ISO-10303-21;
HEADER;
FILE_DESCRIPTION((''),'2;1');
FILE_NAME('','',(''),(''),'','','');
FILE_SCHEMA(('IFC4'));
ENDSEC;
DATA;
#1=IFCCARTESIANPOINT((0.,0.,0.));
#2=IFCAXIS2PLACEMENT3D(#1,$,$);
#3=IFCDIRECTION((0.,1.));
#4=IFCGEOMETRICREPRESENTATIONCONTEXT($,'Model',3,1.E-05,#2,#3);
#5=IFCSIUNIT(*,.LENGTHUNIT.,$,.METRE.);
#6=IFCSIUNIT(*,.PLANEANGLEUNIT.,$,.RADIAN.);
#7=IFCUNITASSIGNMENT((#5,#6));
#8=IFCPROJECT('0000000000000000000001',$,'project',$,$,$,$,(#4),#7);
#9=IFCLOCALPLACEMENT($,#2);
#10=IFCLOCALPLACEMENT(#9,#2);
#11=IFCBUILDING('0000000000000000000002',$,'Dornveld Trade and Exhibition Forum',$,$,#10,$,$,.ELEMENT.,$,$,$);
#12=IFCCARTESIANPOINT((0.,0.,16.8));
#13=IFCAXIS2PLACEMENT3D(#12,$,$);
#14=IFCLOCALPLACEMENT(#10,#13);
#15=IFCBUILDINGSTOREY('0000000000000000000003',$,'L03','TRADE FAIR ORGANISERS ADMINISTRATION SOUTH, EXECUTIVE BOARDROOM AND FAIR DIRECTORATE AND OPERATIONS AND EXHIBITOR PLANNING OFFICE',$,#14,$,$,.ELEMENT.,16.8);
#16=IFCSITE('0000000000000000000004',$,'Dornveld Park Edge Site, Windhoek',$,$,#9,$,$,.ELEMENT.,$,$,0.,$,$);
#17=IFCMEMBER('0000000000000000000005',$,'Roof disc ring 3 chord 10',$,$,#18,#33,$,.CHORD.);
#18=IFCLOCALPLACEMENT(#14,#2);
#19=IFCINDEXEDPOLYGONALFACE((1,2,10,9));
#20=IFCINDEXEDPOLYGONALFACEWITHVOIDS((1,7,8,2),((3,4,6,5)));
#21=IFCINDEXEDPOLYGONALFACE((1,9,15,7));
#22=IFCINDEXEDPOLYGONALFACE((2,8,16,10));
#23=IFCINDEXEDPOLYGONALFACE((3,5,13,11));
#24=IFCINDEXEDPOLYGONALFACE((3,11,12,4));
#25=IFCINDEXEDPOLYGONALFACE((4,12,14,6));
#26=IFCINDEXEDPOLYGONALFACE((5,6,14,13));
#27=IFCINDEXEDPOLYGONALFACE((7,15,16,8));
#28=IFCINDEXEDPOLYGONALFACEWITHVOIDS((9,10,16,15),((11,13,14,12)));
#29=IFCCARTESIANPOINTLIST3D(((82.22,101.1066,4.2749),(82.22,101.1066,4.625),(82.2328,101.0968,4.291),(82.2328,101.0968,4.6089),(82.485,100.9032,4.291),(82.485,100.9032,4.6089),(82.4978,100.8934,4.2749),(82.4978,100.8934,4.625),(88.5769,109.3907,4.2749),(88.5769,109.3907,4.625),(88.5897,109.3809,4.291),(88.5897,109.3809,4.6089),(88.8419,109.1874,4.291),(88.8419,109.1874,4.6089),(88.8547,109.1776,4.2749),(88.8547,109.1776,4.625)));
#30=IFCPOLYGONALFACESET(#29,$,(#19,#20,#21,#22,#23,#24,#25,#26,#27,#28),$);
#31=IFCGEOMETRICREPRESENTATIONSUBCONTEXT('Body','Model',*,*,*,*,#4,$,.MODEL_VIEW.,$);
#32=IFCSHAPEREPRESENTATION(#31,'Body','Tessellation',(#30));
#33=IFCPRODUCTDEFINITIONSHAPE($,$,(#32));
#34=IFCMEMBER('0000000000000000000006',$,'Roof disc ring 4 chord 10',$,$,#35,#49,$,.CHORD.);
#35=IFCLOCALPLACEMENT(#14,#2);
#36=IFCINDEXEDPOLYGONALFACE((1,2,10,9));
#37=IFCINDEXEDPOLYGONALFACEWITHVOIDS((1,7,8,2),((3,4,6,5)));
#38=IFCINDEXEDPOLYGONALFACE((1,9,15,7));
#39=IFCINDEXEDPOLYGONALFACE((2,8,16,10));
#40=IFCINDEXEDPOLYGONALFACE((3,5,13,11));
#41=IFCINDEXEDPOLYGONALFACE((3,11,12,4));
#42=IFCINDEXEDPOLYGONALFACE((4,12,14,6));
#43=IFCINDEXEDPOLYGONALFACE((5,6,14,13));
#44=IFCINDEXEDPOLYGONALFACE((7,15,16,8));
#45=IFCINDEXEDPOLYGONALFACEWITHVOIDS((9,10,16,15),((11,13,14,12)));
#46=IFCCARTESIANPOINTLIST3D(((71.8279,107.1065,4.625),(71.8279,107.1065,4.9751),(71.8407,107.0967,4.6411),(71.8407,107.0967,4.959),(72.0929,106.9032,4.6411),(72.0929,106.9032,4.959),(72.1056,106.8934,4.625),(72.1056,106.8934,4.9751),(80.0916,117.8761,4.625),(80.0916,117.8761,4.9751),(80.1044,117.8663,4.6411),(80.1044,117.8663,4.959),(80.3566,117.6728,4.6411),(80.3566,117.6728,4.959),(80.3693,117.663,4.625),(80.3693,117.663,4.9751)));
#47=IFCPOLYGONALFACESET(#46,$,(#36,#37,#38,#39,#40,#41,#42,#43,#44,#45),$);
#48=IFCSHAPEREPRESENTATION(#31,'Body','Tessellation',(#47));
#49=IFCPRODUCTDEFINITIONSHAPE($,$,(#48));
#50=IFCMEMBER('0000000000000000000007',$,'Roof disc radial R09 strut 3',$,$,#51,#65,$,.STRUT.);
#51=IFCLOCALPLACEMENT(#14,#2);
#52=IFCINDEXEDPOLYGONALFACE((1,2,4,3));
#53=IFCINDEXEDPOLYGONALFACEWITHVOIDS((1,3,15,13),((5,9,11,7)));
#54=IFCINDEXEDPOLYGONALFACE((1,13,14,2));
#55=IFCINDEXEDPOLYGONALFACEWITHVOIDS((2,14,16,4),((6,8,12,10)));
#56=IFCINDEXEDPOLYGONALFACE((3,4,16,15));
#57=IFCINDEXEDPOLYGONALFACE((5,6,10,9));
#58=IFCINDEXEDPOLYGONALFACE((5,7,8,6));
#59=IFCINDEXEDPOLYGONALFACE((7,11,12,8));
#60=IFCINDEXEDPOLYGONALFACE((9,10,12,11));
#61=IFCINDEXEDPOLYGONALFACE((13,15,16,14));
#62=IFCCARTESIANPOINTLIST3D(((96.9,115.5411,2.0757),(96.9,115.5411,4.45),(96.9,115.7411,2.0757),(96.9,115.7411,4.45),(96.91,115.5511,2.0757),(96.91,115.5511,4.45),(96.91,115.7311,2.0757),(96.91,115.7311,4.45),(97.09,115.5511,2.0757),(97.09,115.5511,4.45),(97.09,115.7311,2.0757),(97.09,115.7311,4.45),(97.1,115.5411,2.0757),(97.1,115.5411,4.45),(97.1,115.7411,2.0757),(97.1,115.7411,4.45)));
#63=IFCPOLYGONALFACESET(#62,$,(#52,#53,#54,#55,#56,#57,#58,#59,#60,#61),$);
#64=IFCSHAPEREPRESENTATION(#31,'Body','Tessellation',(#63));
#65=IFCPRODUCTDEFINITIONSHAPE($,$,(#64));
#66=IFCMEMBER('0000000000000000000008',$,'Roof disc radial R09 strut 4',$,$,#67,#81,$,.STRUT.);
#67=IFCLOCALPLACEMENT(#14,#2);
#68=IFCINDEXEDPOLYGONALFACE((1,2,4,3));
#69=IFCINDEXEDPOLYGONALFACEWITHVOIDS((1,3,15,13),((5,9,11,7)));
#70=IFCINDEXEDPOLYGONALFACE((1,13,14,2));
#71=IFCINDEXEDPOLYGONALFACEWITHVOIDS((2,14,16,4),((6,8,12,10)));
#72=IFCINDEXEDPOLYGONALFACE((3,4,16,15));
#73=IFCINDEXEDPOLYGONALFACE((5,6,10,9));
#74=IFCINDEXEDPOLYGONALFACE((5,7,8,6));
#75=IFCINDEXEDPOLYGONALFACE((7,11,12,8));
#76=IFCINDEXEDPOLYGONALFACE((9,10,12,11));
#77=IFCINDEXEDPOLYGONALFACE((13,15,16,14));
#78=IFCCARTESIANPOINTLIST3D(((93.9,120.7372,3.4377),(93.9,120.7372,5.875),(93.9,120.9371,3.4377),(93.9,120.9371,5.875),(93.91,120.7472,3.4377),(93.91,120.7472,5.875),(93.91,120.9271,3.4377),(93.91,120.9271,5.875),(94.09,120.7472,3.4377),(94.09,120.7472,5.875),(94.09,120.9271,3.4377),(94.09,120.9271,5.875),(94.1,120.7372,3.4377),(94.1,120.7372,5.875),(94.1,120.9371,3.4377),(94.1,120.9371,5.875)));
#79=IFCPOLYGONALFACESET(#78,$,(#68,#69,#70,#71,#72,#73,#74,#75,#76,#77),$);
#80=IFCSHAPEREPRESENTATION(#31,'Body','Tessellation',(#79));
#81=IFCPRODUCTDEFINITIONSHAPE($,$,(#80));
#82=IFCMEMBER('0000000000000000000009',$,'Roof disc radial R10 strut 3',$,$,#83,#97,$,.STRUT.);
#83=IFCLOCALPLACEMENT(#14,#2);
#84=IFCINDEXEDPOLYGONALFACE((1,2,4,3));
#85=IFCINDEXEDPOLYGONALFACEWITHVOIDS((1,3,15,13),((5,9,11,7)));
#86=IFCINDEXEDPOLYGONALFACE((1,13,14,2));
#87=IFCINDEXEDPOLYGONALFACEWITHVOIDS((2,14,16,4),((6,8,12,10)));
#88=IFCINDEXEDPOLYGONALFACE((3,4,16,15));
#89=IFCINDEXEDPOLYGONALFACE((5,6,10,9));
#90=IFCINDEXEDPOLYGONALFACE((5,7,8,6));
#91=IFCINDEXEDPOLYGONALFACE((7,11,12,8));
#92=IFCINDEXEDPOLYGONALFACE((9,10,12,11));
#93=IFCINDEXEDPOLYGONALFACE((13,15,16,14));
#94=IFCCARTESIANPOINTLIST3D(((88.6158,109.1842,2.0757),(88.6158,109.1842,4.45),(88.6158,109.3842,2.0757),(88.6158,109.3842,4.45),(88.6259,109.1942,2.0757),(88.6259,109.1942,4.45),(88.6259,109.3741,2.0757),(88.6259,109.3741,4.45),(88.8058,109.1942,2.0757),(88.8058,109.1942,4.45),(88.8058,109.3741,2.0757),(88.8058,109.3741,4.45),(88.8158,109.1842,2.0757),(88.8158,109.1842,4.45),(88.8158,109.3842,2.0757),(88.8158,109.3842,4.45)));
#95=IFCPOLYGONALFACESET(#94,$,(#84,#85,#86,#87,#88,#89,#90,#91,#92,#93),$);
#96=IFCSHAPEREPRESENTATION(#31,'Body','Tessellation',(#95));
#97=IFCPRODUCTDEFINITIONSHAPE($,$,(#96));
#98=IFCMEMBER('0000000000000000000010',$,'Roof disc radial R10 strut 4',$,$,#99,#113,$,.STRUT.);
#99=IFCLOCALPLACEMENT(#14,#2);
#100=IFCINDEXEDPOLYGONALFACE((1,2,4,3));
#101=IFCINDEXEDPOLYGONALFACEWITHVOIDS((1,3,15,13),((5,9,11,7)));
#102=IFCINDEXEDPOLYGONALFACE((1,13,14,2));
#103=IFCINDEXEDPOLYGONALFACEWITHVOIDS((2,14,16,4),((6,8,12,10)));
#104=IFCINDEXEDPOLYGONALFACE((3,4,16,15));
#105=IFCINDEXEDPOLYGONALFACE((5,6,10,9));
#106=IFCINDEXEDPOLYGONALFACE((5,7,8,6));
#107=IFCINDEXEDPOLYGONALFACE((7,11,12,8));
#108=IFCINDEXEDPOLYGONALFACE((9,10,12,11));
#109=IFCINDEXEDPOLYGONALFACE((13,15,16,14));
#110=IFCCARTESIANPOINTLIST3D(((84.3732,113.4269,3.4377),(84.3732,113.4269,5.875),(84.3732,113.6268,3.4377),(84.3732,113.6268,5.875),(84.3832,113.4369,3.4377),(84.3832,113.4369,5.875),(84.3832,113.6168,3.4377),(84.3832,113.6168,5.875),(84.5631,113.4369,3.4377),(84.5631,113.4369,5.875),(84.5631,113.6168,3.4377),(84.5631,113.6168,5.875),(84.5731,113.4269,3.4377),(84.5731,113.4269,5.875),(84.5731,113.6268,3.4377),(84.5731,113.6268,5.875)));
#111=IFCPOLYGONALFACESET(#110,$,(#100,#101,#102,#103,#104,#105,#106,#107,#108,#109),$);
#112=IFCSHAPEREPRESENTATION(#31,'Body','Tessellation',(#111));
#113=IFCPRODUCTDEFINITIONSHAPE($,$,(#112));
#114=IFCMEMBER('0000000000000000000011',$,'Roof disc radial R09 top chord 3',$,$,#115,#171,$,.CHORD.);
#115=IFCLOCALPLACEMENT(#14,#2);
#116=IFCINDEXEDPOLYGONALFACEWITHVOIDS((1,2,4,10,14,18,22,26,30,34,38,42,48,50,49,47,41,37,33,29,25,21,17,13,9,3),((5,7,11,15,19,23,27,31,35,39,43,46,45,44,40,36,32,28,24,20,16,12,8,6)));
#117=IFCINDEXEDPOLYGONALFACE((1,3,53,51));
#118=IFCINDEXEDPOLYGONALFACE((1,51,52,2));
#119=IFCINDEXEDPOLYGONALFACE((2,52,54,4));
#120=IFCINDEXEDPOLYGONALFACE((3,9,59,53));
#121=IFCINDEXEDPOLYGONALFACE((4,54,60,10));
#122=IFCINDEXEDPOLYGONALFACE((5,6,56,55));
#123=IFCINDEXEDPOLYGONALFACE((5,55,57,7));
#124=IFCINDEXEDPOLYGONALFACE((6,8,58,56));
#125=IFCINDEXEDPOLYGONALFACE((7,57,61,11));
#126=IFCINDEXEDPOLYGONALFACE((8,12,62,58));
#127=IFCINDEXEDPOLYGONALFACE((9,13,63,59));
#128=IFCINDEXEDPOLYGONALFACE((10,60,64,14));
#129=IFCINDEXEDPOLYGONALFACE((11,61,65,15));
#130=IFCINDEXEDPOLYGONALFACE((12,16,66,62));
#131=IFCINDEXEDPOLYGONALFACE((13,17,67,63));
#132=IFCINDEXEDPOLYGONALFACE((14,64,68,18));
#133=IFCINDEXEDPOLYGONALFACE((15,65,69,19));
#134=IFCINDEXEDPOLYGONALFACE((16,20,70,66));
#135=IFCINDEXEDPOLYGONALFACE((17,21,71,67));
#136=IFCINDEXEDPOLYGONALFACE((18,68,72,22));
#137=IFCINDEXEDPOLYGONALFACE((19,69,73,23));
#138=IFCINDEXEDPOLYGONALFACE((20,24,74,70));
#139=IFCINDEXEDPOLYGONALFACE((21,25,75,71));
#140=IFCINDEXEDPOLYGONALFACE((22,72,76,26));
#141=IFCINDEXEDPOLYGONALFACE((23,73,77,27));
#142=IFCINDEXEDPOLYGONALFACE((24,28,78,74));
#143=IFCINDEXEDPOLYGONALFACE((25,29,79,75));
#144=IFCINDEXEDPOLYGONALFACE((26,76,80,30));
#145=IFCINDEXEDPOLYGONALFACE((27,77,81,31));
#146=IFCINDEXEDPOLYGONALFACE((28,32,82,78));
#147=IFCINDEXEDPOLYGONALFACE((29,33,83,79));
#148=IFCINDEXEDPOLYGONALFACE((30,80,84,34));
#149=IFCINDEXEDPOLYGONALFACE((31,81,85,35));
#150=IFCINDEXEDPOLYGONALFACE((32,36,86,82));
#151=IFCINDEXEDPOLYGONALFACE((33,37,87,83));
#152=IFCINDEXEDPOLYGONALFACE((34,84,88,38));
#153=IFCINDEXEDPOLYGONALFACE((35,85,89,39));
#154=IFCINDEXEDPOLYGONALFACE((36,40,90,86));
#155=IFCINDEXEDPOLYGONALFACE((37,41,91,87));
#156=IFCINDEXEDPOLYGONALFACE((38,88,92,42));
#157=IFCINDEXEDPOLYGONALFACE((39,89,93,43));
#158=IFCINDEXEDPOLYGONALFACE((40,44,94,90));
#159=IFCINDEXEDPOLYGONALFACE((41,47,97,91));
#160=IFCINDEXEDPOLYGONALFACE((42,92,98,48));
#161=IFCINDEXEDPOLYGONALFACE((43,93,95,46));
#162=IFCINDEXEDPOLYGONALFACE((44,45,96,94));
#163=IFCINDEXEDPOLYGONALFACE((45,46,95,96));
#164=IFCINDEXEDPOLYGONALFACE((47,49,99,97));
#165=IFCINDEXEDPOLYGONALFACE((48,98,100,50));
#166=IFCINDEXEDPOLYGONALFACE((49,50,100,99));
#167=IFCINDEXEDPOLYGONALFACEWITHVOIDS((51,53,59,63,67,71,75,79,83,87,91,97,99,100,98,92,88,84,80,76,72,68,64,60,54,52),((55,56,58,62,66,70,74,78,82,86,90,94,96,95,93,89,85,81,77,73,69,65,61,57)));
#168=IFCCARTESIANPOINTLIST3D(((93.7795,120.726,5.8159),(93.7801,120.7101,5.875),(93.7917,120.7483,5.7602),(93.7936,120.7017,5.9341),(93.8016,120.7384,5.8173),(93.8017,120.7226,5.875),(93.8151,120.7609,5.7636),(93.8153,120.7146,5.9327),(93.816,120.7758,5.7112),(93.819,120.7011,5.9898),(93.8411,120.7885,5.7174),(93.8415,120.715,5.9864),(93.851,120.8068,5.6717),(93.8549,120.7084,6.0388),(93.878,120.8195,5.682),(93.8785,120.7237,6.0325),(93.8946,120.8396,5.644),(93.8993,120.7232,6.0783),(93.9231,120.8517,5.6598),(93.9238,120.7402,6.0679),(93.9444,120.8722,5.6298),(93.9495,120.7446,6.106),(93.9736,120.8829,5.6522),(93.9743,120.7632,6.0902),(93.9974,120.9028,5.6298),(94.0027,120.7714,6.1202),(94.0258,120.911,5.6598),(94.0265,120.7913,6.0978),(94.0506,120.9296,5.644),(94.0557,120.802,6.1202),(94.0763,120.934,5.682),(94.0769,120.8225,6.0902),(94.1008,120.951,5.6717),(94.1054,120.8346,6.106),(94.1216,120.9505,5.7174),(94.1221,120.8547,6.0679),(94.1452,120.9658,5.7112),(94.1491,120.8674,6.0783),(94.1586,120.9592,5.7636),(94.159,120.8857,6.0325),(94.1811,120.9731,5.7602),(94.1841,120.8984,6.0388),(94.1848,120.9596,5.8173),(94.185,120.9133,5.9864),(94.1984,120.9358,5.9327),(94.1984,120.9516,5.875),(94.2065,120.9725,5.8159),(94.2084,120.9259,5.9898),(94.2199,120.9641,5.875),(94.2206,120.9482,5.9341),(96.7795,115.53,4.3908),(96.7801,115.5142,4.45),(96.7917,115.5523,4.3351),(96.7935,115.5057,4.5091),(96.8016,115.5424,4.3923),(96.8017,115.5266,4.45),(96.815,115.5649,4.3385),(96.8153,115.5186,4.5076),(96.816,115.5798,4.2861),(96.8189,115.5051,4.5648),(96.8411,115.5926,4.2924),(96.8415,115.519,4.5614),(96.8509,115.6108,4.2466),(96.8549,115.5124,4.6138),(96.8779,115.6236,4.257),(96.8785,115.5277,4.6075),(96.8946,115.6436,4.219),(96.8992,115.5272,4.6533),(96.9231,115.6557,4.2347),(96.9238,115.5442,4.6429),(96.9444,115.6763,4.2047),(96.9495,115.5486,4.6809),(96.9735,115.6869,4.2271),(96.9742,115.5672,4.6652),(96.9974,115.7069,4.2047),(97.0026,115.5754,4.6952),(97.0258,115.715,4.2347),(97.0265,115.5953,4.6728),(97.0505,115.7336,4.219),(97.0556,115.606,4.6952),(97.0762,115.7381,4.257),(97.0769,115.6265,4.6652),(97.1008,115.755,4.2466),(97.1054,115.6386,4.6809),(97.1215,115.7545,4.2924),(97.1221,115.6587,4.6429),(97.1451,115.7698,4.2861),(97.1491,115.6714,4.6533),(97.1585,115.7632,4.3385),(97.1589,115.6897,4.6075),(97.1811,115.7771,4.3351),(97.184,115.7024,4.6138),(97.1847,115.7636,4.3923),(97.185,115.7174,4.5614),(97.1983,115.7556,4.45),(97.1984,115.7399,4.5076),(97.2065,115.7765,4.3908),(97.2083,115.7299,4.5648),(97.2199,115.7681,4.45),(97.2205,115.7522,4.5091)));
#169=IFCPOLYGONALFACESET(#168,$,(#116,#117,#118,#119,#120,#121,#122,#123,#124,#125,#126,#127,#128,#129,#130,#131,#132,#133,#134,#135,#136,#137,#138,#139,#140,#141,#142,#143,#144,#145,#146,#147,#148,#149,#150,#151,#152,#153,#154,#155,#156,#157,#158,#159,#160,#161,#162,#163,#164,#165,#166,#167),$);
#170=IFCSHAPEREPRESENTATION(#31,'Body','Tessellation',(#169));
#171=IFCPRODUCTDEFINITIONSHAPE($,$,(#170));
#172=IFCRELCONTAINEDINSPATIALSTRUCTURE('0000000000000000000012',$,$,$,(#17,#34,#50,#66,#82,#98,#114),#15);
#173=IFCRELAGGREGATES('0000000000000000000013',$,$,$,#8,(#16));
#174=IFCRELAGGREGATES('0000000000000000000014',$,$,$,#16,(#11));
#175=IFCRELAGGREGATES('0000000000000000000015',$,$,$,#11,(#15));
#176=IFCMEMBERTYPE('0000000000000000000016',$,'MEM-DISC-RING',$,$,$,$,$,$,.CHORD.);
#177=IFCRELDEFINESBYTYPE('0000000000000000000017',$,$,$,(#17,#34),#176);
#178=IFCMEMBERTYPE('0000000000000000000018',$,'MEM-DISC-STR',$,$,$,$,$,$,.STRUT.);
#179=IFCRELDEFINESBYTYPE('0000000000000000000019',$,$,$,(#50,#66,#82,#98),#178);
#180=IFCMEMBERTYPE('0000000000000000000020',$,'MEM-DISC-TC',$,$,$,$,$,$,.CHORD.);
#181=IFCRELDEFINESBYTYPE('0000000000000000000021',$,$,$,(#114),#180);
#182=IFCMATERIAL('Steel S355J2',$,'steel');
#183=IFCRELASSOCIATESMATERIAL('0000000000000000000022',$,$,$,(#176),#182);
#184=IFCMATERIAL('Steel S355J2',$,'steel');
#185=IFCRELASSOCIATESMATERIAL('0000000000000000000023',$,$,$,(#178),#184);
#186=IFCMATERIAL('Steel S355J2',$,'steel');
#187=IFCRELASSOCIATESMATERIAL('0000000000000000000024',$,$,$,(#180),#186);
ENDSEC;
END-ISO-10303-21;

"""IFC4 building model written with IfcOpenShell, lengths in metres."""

from ifc_helpers import new_model, si_unit, direction, frame, origin, origin_2d, place, context, subcontext, project, spatial, hollow_rectangle, hollow_circle, extrude, material, material_profile, profile_set, type_object, element, save


model = new_model("IFC4")

# Units and contexts
model_context = context("Model", 3, precision=1e-05, world=origin(), true_north=direction((0.0, 1.0)))
body_context = subcontext(model_context, "Body", "Model", "MODEL_VIEW")
ifc_project = project(units=[si_unit("LENGTHUNIT", "METRE"), si_unit("PLANEANGLEUNIT", "RADIAN")], contexts=[model_context])

# Site, building, storey
site_placement = place(None, origin())
site = spatial("IfcSite", under=ifc_project, at=site_placement, Name="Dornveld Park Edge Site, Windhoek", CompositionType="ELEMENT", RefElevation=0.0)
building_placement = place(site_placement, origin())
building = spatial("IfcBuilding", under=site, at=building_placement, Name="Dornveld Trade and Exhibition Forum", CompositionType="ELEMENT")
storey_placement = place(building_placement, frame((0.0, 0.0, 16.8)))
storey = spatial("IfcBuildingStorey", under=building, at=storey_placement, Name="L03", Description="TRADE FAIR ORGANISERS ADMINISTRATION SOUTH, EXECUTIVE BOARDROOM AND FAIR DIRECTORATE AND OPERATIONS AND EXHIBITOR PLANNING OFFICE", CompositionType="ELEMENT", Elevation=16.8)

# Members
ifc_material_1 = material(Name="Steel S355J2", Category="steel")
ifc_material_profile_1 = material_profile(ifc_material_1, hollow_rectangle(XDim=0.3501, YDim=0.3501, WallThickness=0.0161, at=origin_2d()), Name="SHS 350x350x16")
ifc_profile_set_1 = profile_set([ifc_material_profile_1], Name="Steel S355J2")
member_type_1 = type_object("IfcMemberType", Name="MEM-DISC-RING", PredefinedType="CHORD", material=ifc_profile_set_1)
for number, where, z_axis, x_axis, name in (
    (1, (88.7158, 109.2842, 4.45), (-0.608777, -0.793341, 0.0), (0.793341, -0.608777, 0.0), "Roof disc ring 3 chord 10"),
):
    element("IfcMember", number, at=place(storey_placement, frame(where, z_axis=z_axis, x_axis=x_axis)), inside=storey, type_object=member_type_1, Name=name, PredefinedType="CHORD", context=body_context, shape_type="SweptSolid", body=[
        extrude(hollow_rectangle(XDim=0.3501, YDim=0.3501, WallThickness=0.0161, at=origin_2d()), origin(), (0.0, 0.0, 1.0), 10.4421),
    ])
member_1_placement = place(storey_placement, frame((80.2305, 117.7695, 4.8), z_axis=(-0.608758, -0.793356, 0.0), x_axis=(0.793356, -0.608758, 0.0)))
element("IfcMember", 2, at=member_1_placement, inside=storey, type_object=member_type_1, Name="Roof disc ring 4 chord 10", PredefinedType="CHORD", context=body_context, shape_type="SweptSolid", body=[
    extrude(hollow_rectangle(XDim=0.3501, YDim=0.3501, WallThickness=0.0161, at=origin_2d()), origin(), (0.0, 0.0, 1.0), 13.5747),
])
ifc_material_2 = material(Name="Steel S355J2", Category="steel")
ifc_material_profile_2 = material_profile(ifc_material_2, hollow_rectangle(XDim=0.2, YDim=0.2, WallThickness=0.01, at=origin_2d()), Name="SHS 200x200x10")
ifc_profile_set_2 = profile_set([ifc_material_profile_2], Name="Steel S355J2")
member_type_2 = type_object("IfcMemberType", Name="MEM-DISC-STR", PredefinedType="STRUT", material=ifc_profile_set_2)
member_2_placement = place(storey_placement, frame((97.0, 115.6411, 2.0757), z_axis=(0.0, 0.0, 1.0), x_axis=(1.0, 0.0, 0.0)))
element("IfcMember", 3, at=member_2_placement, inside=storey, type_object=member_type_2, Name="Roof disc radial R09 strut 3", PredefinedType="STRUT", context=body_context, shape_type="SweptSolid", body=[
    extrude(hollow_rectangle(XDim=0.2, YDim=0.2, WallThickness=0.01, at=origin_2d()), origin(), (0.0, 0.0, 1.0), 2.3743),
])
member_3_placement = place(storey_placement, frame((94.0, 120.8372, 3.4377), z_axis=(0.0, 0.0, 1.0), x_axis=(1.0, 0.0, 0.0)))
element("IfcMember", 4, at=member_3_placement, inside=storey, type_object=member_type_2, Name="Roof disc radial R09 strut 4", PredefinedType="STRUT", context=body_context, shape_type="SweptSolid", body=[
    extrude(hollow_rectangle(XDim=0.2, YDim=0.2, WallThickness=0.01, at=origin_2d()), origin(), (0.0, 0.0, 1.0), 2.4373),
])
member_4_placement = place(storey_placement, frame((88.7158, 109.2842, 2.0757), z_axis=(0.0, 0.0, 1.0), x_axis=(1.0, 0.0, 0.0)))
element("IfcMember", 5, at=member_4_placement, inside=storey, type_object=member_type_2, Name="Roof disc radial R10 strut 3", PredefinedType="STRUT", context=body_context, shape_type="SweptSolid", body=[
    extrude(hollow_rectangle(XDim=0.2, YDim=0.2, WallThickness=0.01, at=origin_2d()), origin(), (0.0, 0.0, 1.0), 2.3743),
])
member_5_placement = place(storey_placement, frame((84.4731, 113.5269, 3.4377), z_axis=(0.0, 0.0, 1.0), x_axis=(1.0, 0.0, 0.0)))
element("IfcMember", 6, at=member_5_placement, inside=storey, type_object=member_type_2, Name="Roof disc radial R10 strut 4", PredefinedType="STRUT", context=body_context, shape_type="SweptSolid", body=[
    extrude(hollow_rectangle(XDim=0.2, YDim=0.2, WallThickness=0.01, at=origin_2d()), origin(), (0.0, 0.0, 1.0), 2.4373),
])
ifc_material_3 = material(Name="Steel S355J2", Category="steel")
ifc_material_profile_3 = material_profile(ifc_material_3, hollow_circle(Radius=0.2539, WallThickness=0.0249, at=origin_2d()), Name="CHS 508x25")
ifc_profile_set_3 = profile_set([ifc_material_profile_3], Name="Steel S355J2")
member_type_3 = type_object("IfcMemberType", Name="MEM-DISC-TC", PredefinedType="CHORD", material=ifc_profile_set_3)
member_6_placement = place(storey_placement, frame((97.0, 115.6411, 4.45), z_axis=(-0.486475, 0.842581, 0.231083), x_axis=(-0.866021, -0.500008, 0.0)))
element("IfcMember", 7, at=member_6_placement, inside=storey, type_object=member_type_3, Name="Roof disc radial R09 top chord 3", PredefinedType="CHORD", context=body_context, shape_type="SweptSolid", body=[
    extrude(hollow_circle(Radius=0.2539, WallThickness=0.0249, at=origin_2d()), origin(), (0.0, 0.0, 1.0), 6.1667),
])

save(model, "model.ifc")
